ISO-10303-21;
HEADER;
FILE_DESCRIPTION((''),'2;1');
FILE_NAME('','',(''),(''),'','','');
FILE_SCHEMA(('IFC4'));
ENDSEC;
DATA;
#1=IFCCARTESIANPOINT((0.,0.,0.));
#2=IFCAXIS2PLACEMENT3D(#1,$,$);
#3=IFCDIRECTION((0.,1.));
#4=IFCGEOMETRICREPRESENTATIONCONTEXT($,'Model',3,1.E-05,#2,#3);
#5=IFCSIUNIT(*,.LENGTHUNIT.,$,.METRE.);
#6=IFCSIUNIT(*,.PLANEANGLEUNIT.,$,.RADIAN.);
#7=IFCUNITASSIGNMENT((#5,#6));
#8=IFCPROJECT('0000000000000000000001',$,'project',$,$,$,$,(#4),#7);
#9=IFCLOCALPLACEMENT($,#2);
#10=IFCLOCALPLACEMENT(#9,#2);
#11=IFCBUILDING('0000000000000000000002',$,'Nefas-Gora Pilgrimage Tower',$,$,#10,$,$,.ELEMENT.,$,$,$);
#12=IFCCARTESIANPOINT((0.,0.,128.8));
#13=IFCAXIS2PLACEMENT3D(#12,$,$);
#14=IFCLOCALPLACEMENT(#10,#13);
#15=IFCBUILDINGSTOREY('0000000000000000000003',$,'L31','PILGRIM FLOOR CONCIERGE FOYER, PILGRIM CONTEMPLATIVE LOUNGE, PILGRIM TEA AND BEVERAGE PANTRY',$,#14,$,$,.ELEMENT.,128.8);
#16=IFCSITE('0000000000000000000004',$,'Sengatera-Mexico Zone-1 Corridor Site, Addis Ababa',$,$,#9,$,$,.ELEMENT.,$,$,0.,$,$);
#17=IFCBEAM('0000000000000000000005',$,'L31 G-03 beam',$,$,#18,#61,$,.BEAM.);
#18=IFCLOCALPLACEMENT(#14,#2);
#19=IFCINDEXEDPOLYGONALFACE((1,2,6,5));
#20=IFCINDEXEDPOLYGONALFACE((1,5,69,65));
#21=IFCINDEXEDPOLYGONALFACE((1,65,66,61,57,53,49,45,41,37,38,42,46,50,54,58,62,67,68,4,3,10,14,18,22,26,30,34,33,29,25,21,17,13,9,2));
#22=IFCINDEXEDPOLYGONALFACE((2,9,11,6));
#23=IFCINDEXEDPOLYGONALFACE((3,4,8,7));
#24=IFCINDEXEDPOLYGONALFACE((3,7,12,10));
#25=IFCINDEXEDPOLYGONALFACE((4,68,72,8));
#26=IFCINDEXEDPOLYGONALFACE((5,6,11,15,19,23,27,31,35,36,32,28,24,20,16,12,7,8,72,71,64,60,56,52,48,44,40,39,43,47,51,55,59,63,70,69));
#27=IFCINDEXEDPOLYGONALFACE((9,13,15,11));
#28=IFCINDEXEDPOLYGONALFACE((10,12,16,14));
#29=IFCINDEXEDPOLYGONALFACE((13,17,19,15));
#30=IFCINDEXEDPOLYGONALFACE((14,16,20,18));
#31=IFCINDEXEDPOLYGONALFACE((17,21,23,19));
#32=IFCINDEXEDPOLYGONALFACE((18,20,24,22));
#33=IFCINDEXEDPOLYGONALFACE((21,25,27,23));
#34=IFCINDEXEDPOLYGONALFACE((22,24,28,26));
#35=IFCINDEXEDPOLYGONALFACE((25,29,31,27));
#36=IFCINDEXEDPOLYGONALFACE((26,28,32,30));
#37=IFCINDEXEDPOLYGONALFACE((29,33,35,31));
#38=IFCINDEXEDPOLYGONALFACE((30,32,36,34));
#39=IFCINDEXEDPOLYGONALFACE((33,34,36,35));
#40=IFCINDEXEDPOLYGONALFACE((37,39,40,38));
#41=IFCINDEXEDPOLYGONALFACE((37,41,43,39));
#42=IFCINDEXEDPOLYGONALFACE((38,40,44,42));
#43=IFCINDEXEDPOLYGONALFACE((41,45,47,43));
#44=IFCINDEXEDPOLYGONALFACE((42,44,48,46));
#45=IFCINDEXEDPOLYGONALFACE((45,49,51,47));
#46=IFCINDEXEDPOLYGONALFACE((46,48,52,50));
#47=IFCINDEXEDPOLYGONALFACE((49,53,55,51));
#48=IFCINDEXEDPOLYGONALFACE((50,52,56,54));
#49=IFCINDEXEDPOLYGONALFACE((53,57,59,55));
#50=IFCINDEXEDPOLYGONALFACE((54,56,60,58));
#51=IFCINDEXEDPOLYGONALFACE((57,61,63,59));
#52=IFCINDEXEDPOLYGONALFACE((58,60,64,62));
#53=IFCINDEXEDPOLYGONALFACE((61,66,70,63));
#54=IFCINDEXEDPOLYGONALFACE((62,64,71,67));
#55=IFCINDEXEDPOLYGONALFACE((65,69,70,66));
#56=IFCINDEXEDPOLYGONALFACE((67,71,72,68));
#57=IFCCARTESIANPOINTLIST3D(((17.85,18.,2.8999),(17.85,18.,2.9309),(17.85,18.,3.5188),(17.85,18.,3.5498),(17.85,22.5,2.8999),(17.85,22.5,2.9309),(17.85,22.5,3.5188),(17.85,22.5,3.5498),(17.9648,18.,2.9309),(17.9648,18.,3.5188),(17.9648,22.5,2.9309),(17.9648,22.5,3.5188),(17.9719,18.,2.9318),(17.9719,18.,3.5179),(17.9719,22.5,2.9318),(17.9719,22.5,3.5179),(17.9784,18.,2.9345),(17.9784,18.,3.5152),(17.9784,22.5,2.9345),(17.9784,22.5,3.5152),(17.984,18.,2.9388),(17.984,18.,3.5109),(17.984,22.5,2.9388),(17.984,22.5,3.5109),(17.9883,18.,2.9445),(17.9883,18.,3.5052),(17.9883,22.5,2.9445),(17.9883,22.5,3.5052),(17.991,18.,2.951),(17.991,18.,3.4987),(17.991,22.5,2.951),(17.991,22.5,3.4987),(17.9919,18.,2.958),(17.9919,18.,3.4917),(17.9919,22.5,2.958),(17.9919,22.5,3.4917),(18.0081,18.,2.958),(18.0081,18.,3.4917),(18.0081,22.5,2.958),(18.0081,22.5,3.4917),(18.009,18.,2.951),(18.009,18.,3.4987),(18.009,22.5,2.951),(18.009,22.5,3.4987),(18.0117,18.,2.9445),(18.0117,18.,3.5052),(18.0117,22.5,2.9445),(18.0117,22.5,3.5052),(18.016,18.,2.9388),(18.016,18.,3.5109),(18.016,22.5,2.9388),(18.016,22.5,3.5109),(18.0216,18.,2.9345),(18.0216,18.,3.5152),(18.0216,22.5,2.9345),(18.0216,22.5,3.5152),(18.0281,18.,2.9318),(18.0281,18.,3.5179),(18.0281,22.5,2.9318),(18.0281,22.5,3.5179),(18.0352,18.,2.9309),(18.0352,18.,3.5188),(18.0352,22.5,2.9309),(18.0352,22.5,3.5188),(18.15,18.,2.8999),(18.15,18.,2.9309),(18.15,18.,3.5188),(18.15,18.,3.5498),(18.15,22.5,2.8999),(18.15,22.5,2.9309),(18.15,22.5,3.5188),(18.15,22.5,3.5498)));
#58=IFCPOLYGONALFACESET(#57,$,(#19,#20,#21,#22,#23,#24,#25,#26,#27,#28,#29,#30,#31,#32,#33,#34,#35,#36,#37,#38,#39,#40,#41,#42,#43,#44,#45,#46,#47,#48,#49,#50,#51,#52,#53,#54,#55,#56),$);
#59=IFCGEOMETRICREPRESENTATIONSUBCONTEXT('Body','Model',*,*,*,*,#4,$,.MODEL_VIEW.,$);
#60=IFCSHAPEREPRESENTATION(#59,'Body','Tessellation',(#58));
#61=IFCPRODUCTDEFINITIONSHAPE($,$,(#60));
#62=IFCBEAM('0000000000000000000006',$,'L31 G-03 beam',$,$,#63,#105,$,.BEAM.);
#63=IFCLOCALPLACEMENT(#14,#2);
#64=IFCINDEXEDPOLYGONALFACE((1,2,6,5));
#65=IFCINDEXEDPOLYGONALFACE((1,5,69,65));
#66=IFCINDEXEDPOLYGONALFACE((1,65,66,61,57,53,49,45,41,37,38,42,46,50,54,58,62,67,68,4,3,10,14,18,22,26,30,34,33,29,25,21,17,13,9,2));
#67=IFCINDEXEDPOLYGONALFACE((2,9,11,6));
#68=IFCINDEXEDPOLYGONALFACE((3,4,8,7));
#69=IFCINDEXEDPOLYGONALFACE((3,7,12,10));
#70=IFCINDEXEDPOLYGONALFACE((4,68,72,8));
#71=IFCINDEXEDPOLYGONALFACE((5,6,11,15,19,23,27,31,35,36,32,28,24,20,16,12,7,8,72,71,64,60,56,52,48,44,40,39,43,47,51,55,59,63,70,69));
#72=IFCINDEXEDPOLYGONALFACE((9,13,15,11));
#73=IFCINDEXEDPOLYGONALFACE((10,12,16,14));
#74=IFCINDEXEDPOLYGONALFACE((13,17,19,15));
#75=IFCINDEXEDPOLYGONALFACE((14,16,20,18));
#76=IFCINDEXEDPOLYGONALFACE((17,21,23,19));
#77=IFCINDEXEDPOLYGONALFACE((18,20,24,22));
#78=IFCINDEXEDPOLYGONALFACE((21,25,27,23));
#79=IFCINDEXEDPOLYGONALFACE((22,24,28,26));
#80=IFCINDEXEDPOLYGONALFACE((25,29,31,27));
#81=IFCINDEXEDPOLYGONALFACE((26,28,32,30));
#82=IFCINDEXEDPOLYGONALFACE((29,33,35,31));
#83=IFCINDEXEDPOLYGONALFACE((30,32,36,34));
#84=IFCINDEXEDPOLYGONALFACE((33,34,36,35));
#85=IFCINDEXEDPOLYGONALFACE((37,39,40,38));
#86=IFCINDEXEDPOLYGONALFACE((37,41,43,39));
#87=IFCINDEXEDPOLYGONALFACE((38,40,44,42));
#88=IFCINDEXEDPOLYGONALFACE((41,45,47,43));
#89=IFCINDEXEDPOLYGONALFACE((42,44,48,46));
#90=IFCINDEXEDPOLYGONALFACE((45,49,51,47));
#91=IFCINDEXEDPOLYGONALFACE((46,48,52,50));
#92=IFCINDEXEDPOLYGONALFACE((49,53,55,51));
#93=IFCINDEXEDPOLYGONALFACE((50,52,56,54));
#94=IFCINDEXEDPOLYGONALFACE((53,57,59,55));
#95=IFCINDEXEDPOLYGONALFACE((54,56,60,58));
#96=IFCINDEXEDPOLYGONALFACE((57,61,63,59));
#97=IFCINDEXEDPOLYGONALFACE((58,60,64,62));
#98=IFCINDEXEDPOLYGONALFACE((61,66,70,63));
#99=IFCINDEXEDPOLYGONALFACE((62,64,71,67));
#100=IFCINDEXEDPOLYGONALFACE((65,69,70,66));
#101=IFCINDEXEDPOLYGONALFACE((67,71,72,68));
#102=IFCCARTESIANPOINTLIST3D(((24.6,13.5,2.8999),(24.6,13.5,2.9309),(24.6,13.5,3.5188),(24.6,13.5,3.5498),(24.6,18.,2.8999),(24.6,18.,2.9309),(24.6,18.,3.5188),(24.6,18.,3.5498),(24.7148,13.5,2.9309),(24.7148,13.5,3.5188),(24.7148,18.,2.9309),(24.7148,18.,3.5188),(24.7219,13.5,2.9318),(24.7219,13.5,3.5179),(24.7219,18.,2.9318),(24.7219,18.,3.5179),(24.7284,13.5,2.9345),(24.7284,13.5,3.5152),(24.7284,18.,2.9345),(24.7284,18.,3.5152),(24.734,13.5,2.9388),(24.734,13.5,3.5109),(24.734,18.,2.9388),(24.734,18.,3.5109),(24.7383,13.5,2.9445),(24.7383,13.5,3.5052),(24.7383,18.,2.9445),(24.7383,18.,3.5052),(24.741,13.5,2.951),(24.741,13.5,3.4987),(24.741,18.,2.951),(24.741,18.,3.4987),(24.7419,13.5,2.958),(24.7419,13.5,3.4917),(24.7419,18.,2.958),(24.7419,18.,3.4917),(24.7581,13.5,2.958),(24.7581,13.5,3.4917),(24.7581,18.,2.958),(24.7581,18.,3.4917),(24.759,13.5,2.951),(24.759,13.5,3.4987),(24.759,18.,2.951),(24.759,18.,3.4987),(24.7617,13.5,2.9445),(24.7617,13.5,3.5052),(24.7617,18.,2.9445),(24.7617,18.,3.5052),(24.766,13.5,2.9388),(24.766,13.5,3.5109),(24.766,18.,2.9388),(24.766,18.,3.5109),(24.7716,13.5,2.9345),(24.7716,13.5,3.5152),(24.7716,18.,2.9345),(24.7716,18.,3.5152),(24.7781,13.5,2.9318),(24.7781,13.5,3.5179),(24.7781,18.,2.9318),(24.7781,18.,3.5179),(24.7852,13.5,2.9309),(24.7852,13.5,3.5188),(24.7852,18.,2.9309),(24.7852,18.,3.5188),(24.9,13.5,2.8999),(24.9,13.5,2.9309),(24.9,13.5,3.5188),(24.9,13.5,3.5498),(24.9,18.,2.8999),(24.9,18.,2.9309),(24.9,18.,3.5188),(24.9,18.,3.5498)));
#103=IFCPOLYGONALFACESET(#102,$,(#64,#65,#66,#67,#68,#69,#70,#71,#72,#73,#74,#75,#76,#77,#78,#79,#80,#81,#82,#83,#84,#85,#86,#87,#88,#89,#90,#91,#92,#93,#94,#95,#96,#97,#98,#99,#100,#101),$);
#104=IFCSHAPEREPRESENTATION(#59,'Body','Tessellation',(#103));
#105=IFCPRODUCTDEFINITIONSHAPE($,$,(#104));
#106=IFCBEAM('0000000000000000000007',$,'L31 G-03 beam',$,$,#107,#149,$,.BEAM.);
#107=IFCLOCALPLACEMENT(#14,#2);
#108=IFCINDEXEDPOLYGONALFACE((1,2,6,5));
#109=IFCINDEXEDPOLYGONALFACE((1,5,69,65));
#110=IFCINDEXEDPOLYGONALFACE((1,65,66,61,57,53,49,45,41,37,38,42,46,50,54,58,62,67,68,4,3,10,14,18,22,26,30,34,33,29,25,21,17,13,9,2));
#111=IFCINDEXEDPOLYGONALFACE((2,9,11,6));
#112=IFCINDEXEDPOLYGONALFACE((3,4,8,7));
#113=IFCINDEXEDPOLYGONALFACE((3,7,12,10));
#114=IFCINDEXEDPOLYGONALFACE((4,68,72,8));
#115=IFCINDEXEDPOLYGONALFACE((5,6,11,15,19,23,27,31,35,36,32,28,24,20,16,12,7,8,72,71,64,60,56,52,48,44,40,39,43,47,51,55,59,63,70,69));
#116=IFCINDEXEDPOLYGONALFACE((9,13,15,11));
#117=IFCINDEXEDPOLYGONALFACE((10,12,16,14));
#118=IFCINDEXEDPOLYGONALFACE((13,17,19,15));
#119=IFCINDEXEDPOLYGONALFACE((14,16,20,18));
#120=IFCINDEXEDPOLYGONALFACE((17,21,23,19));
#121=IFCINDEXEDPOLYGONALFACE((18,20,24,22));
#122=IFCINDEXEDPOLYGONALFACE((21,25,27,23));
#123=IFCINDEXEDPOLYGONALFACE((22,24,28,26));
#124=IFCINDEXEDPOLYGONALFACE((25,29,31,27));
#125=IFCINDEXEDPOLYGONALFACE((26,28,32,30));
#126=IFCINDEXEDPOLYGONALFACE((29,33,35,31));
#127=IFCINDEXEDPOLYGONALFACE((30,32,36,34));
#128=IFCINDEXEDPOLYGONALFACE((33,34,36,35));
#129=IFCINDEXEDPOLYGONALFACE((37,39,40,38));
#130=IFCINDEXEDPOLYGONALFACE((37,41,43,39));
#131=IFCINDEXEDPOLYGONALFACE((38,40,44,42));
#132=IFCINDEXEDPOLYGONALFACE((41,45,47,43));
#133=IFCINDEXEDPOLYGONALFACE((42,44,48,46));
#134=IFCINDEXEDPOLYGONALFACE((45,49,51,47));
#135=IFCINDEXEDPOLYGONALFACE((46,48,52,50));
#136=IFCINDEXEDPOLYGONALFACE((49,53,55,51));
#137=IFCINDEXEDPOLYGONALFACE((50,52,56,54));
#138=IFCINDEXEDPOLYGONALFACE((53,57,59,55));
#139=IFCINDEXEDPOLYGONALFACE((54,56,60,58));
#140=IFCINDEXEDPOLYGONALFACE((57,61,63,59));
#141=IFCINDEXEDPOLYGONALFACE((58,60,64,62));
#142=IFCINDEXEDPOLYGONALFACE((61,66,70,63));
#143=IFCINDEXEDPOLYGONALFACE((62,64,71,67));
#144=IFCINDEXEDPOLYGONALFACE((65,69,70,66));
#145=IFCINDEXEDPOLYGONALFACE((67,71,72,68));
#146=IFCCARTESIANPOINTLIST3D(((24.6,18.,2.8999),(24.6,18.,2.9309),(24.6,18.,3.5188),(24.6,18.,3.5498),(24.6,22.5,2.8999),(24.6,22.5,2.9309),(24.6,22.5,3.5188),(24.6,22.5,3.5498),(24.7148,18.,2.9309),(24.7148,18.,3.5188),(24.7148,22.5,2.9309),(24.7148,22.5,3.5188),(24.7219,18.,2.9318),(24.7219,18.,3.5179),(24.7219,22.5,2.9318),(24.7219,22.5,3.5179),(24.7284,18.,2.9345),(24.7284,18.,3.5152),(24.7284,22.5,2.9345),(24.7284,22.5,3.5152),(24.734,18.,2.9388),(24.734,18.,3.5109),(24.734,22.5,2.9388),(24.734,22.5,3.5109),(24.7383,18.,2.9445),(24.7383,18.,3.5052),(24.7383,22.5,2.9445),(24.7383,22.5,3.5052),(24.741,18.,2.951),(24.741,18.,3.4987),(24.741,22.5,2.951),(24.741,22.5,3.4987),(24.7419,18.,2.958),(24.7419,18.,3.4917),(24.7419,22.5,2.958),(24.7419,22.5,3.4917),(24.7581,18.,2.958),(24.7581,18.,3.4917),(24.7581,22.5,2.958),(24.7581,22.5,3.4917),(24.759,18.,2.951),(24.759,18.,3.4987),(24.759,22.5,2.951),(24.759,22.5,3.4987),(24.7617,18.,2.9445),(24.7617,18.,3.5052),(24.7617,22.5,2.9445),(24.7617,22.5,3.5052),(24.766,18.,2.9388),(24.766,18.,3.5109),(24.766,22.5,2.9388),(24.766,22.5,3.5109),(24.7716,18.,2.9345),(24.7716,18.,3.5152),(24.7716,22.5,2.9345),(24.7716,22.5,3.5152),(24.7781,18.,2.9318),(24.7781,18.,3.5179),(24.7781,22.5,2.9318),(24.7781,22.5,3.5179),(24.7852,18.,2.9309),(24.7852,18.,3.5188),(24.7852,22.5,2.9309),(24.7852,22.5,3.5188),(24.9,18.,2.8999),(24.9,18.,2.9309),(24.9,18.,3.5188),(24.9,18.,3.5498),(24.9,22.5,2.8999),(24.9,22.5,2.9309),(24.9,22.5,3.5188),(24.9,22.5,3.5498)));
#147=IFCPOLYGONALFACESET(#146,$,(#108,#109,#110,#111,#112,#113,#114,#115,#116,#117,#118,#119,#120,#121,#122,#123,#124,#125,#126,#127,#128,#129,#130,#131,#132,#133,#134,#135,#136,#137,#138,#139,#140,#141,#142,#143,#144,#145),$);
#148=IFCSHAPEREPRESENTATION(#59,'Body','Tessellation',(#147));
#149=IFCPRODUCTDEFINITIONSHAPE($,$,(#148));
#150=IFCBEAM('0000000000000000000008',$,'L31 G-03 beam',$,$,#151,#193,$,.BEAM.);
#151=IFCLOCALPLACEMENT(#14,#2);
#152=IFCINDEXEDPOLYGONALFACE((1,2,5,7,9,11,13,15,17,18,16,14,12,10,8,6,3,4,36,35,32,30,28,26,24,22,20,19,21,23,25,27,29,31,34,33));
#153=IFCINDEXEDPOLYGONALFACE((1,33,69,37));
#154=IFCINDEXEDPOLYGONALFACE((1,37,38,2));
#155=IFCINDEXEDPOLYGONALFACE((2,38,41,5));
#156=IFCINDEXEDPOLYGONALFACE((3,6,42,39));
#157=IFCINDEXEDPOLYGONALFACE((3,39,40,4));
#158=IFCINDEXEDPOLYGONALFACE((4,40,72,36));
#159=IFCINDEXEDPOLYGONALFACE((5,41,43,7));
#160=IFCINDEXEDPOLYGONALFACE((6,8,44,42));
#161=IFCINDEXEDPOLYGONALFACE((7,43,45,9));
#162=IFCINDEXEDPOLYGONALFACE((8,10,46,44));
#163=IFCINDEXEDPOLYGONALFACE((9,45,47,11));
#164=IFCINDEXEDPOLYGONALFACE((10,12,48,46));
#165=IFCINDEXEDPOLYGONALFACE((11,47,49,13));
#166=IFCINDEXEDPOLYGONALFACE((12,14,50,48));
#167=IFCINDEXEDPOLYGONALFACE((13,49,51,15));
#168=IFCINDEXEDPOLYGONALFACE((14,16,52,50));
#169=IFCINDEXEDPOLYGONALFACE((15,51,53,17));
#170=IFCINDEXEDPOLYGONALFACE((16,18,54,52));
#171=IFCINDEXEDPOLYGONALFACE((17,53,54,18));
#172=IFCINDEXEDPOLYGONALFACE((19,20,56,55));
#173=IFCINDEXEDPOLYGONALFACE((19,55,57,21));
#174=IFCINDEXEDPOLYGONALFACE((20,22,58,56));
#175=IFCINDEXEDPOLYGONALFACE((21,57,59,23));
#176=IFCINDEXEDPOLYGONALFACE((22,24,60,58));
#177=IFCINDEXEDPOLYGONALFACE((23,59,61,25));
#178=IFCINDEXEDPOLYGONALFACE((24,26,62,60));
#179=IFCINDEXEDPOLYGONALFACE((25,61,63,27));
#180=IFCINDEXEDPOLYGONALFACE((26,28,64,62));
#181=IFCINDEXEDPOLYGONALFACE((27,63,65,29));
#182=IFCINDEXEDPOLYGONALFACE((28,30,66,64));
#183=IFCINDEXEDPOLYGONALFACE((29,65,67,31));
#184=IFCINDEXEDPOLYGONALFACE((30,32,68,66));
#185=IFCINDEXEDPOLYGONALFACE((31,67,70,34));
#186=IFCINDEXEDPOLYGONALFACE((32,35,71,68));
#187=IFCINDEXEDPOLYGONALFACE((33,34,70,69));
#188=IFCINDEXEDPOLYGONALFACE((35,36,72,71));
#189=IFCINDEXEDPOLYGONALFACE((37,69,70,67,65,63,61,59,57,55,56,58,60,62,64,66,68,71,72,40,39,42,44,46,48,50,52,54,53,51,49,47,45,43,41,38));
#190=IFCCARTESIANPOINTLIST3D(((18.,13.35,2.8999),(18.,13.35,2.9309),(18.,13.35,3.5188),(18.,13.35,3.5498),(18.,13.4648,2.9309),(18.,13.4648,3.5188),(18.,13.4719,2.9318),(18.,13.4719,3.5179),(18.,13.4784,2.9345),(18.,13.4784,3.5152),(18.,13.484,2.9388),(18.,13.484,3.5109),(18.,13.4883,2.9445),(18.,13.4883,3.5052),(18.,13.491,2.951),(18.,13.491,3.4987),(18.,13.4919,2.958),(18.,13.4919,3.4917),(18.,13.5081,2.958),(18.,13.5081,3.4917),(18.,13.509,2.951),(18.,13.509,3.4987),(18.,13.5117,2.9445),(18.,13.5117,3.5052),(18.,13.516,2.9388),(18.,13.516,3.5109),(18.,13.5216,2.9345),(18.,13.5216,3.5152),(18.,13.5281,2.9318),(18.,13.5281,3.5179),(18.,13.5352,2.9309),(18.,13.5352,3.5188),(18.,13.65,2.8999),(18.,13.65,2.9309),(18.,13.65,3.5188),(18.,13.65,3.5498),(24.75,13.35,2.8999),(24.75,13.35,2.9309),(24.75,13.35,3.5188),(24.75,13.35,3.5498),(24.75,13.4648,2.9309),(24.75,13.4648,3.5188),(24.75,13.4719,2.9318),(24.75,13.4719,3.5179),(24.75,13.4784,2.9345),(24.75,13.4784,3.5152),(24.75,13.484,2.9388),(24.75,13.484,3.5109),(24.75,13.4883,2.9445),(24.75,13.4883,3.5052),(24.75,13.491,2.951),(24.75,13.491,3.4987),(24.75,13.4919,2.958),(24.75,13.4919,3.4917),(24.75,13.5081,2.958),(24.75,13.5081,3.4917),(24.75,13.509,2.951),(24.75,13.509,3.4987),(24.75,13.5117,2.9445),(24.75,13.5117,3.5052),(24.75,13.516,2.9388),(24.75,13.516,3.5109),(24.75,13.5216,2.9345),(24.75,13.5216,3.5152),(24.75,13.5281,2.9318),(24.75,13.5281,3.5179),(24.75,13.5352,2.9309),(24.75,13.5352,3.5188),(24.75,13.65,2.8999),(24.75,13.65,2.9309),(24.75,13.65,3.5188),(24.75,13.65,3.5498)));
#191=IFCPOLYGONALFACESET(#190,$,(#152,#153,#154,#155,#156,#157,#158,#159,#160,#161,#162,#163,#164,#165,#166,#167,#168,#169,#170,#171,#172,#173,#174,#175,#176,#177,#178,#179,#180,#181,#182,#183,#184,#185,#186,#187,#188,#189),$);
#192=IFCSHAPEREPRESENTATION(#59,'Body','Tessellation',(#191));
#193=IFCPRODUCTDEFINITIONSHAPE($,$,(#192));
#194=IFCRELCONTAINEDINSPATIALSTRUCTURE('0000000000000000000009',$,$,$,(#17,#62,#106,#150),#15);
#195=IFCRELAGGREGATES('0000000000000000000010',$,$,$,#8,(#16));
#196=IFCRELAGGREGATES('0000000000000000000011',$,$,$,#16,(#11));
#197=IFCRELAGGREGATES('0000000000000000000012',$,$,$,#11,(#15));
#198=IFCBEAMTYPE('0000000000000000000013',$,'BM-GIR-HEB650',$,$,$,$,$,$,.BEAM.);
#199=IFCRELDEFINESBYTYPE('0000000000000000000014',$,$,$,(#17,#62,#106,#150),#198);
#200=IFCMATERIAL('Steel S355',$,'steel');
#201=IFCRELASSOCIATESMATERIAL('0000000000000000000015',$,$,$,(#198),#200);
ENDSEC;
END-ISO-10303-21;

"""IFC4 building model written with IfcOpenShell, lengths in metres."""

from ifc_helpers import new_model, si_unit, direction, frame, origin, origin_2d, place, context, subcontext, project, spatial, i_section, extrude, source, transform, mapped, material, material_profile, profile_set, type_object, element, save


model = new_model("IFC4")

# Units and contexts
model_context = context("Model", 3, precision=1e-05, world=origin(), true_north=direction((0.0, 1.0)))
body_context = subcontext(model_context, "Body", "Model", "MODEL_VIEW")
ifc_project = project(units=[si_unit("LENGTHUNIT", "METRE"), si_unit("PLANEANGLEUNIT", "RADIAN")], contexts=[model_context])

# Site, building, storey
site_placement = place(None, origin())
site = spatial("IfcSite", under=ifc_project, at=site_placement, Name="Sengatera-Mexico Zone-1 Corridor Site, Addis Ababa", CompositionType="ELEMENT", RefElevation=0.0)
building_placement = place(site_placement, origin())
building = spatial("IfcBuilding", under=site, at=building_placement, Name="Nefas-Gora Pilgrimage Tower", CompositionType="ELEMENT")
storey_placement = place(building_placement, frame((0.0, 0.0, 128.8)))
storey = spatial("IfcBuildingStorey", under=building, at=storey_placement, Name="L31", Description="PILGRIM FLOOR CONCIERGE FOYER, PILGRIM CONTEMPLATIVE LOUNGE, PILGRIM TEA AND BEVERAGE PANTRY", CompositionType="ELEMENT", Elevation=128.8)

# Beams
ifc_material_1 = material(Name="Steel S355", Category="steel")
ifc_material_profile_1 = material_profile(ifc_material_1, i_section(OverallWidth=0.3, OverallDepth=0.6499, WebThickness=0.0161, FlangeThickness=0.031, FilletRadius=0.0271, at=origin_2d()), Name="HEB 650")
ifc_profile_set_1 = profile_set([ifc_material_profile_1], Name="Steel S355")
beam_type_1 = type_object("IfcBeamType", Name="BM-GIR-HEB650", PredefinedType="BEAM", material=ifc_profile_set_1)
shared_shape_1 = source(origin(), body_context, "Body", "SweptSolid", [
    extrude(i_section(OverallWidth=0.3, OverallDepth=0.6499, WebThickness=0.0161, FlangeThickness=0.031, FilletRadius=0.0271, at=origin_2d()), origin(), (0.0, 0.0, 1.0), 4.5),
])
for number, where, z_axis, x_axis, name in (
    (1, (18.0, 18.0, 3.2249), (0.0, 1.0, 0.0), (-1.0, 0.0, 0.0), "L31 G-03 beam"),
    (2, (24.75, 13.5, 3.2249), (0.0, 1.0, 0.0), (-1.0, 0.0, 0.0), "L31 G-03 beam"),
    (3, (24.75, 18.0, 3.2249), (0.0, 1.0, 0.0), (-1.0, 0.0, 0.0), "L31 G-03 beam"),
):
    element("IfcBeam", number, at=place(storey_placement, frame(where, z_axis=z_axis, x_axis=x_axis)), inside=storey, type_object=beam_type_1, Name=name, PredefinedType="BEAM", context=body_context, shape_type="MappedRepresentation", body=[
        mapped(shared_shape_1, transform((0.0, 0.0, 0.0), x_axis=(1.0, 0.0, 0.0), y_axis=(0.0, 1.0, 0.0), z_axis=(0.0, 0.0, 1.0), scale=1.0)),
    ])
shared_shape_2 = source(origin(), body_context, "Body", "SweptSolid", [
    extrude(i_section(OverallWidth=0.3, OverallDepth=0.6499, WebThickness=0.0161, FlangeThickness=0.031, FilletRadius=0.0271, at=origin_2d()), origin(), (0.0, 0.0, 1.0), 6.75),
])
for number, where, z_axis, x_axis, name in (
    (4, (18.0, 13.5, 3.2249), (1.0, 0.0, 0.0), (0.0, 1.0, 0.0), "L31 G-03 beam"),
):
    element("IfcBeam", number, at=place(storey_placement, frame(where, z_axis=z_axis, x_axis=x_axis)), inside=storey, type_object=beam_type_1, Name=name, PredefinedType="BEAM", context=body_context, shape_type="MappedRepresentation", body=[
        mapped(shared_shape_2, transform((0.0, 0.0, 0.0), x_axis=(1.0, 0.0, 0.0), y_axis=(0.0, 1.0, 0.0), z_axis=(0.0, 0.0, 1.0), scale=1.0)),
    ])

save(model, "model.ifc")
